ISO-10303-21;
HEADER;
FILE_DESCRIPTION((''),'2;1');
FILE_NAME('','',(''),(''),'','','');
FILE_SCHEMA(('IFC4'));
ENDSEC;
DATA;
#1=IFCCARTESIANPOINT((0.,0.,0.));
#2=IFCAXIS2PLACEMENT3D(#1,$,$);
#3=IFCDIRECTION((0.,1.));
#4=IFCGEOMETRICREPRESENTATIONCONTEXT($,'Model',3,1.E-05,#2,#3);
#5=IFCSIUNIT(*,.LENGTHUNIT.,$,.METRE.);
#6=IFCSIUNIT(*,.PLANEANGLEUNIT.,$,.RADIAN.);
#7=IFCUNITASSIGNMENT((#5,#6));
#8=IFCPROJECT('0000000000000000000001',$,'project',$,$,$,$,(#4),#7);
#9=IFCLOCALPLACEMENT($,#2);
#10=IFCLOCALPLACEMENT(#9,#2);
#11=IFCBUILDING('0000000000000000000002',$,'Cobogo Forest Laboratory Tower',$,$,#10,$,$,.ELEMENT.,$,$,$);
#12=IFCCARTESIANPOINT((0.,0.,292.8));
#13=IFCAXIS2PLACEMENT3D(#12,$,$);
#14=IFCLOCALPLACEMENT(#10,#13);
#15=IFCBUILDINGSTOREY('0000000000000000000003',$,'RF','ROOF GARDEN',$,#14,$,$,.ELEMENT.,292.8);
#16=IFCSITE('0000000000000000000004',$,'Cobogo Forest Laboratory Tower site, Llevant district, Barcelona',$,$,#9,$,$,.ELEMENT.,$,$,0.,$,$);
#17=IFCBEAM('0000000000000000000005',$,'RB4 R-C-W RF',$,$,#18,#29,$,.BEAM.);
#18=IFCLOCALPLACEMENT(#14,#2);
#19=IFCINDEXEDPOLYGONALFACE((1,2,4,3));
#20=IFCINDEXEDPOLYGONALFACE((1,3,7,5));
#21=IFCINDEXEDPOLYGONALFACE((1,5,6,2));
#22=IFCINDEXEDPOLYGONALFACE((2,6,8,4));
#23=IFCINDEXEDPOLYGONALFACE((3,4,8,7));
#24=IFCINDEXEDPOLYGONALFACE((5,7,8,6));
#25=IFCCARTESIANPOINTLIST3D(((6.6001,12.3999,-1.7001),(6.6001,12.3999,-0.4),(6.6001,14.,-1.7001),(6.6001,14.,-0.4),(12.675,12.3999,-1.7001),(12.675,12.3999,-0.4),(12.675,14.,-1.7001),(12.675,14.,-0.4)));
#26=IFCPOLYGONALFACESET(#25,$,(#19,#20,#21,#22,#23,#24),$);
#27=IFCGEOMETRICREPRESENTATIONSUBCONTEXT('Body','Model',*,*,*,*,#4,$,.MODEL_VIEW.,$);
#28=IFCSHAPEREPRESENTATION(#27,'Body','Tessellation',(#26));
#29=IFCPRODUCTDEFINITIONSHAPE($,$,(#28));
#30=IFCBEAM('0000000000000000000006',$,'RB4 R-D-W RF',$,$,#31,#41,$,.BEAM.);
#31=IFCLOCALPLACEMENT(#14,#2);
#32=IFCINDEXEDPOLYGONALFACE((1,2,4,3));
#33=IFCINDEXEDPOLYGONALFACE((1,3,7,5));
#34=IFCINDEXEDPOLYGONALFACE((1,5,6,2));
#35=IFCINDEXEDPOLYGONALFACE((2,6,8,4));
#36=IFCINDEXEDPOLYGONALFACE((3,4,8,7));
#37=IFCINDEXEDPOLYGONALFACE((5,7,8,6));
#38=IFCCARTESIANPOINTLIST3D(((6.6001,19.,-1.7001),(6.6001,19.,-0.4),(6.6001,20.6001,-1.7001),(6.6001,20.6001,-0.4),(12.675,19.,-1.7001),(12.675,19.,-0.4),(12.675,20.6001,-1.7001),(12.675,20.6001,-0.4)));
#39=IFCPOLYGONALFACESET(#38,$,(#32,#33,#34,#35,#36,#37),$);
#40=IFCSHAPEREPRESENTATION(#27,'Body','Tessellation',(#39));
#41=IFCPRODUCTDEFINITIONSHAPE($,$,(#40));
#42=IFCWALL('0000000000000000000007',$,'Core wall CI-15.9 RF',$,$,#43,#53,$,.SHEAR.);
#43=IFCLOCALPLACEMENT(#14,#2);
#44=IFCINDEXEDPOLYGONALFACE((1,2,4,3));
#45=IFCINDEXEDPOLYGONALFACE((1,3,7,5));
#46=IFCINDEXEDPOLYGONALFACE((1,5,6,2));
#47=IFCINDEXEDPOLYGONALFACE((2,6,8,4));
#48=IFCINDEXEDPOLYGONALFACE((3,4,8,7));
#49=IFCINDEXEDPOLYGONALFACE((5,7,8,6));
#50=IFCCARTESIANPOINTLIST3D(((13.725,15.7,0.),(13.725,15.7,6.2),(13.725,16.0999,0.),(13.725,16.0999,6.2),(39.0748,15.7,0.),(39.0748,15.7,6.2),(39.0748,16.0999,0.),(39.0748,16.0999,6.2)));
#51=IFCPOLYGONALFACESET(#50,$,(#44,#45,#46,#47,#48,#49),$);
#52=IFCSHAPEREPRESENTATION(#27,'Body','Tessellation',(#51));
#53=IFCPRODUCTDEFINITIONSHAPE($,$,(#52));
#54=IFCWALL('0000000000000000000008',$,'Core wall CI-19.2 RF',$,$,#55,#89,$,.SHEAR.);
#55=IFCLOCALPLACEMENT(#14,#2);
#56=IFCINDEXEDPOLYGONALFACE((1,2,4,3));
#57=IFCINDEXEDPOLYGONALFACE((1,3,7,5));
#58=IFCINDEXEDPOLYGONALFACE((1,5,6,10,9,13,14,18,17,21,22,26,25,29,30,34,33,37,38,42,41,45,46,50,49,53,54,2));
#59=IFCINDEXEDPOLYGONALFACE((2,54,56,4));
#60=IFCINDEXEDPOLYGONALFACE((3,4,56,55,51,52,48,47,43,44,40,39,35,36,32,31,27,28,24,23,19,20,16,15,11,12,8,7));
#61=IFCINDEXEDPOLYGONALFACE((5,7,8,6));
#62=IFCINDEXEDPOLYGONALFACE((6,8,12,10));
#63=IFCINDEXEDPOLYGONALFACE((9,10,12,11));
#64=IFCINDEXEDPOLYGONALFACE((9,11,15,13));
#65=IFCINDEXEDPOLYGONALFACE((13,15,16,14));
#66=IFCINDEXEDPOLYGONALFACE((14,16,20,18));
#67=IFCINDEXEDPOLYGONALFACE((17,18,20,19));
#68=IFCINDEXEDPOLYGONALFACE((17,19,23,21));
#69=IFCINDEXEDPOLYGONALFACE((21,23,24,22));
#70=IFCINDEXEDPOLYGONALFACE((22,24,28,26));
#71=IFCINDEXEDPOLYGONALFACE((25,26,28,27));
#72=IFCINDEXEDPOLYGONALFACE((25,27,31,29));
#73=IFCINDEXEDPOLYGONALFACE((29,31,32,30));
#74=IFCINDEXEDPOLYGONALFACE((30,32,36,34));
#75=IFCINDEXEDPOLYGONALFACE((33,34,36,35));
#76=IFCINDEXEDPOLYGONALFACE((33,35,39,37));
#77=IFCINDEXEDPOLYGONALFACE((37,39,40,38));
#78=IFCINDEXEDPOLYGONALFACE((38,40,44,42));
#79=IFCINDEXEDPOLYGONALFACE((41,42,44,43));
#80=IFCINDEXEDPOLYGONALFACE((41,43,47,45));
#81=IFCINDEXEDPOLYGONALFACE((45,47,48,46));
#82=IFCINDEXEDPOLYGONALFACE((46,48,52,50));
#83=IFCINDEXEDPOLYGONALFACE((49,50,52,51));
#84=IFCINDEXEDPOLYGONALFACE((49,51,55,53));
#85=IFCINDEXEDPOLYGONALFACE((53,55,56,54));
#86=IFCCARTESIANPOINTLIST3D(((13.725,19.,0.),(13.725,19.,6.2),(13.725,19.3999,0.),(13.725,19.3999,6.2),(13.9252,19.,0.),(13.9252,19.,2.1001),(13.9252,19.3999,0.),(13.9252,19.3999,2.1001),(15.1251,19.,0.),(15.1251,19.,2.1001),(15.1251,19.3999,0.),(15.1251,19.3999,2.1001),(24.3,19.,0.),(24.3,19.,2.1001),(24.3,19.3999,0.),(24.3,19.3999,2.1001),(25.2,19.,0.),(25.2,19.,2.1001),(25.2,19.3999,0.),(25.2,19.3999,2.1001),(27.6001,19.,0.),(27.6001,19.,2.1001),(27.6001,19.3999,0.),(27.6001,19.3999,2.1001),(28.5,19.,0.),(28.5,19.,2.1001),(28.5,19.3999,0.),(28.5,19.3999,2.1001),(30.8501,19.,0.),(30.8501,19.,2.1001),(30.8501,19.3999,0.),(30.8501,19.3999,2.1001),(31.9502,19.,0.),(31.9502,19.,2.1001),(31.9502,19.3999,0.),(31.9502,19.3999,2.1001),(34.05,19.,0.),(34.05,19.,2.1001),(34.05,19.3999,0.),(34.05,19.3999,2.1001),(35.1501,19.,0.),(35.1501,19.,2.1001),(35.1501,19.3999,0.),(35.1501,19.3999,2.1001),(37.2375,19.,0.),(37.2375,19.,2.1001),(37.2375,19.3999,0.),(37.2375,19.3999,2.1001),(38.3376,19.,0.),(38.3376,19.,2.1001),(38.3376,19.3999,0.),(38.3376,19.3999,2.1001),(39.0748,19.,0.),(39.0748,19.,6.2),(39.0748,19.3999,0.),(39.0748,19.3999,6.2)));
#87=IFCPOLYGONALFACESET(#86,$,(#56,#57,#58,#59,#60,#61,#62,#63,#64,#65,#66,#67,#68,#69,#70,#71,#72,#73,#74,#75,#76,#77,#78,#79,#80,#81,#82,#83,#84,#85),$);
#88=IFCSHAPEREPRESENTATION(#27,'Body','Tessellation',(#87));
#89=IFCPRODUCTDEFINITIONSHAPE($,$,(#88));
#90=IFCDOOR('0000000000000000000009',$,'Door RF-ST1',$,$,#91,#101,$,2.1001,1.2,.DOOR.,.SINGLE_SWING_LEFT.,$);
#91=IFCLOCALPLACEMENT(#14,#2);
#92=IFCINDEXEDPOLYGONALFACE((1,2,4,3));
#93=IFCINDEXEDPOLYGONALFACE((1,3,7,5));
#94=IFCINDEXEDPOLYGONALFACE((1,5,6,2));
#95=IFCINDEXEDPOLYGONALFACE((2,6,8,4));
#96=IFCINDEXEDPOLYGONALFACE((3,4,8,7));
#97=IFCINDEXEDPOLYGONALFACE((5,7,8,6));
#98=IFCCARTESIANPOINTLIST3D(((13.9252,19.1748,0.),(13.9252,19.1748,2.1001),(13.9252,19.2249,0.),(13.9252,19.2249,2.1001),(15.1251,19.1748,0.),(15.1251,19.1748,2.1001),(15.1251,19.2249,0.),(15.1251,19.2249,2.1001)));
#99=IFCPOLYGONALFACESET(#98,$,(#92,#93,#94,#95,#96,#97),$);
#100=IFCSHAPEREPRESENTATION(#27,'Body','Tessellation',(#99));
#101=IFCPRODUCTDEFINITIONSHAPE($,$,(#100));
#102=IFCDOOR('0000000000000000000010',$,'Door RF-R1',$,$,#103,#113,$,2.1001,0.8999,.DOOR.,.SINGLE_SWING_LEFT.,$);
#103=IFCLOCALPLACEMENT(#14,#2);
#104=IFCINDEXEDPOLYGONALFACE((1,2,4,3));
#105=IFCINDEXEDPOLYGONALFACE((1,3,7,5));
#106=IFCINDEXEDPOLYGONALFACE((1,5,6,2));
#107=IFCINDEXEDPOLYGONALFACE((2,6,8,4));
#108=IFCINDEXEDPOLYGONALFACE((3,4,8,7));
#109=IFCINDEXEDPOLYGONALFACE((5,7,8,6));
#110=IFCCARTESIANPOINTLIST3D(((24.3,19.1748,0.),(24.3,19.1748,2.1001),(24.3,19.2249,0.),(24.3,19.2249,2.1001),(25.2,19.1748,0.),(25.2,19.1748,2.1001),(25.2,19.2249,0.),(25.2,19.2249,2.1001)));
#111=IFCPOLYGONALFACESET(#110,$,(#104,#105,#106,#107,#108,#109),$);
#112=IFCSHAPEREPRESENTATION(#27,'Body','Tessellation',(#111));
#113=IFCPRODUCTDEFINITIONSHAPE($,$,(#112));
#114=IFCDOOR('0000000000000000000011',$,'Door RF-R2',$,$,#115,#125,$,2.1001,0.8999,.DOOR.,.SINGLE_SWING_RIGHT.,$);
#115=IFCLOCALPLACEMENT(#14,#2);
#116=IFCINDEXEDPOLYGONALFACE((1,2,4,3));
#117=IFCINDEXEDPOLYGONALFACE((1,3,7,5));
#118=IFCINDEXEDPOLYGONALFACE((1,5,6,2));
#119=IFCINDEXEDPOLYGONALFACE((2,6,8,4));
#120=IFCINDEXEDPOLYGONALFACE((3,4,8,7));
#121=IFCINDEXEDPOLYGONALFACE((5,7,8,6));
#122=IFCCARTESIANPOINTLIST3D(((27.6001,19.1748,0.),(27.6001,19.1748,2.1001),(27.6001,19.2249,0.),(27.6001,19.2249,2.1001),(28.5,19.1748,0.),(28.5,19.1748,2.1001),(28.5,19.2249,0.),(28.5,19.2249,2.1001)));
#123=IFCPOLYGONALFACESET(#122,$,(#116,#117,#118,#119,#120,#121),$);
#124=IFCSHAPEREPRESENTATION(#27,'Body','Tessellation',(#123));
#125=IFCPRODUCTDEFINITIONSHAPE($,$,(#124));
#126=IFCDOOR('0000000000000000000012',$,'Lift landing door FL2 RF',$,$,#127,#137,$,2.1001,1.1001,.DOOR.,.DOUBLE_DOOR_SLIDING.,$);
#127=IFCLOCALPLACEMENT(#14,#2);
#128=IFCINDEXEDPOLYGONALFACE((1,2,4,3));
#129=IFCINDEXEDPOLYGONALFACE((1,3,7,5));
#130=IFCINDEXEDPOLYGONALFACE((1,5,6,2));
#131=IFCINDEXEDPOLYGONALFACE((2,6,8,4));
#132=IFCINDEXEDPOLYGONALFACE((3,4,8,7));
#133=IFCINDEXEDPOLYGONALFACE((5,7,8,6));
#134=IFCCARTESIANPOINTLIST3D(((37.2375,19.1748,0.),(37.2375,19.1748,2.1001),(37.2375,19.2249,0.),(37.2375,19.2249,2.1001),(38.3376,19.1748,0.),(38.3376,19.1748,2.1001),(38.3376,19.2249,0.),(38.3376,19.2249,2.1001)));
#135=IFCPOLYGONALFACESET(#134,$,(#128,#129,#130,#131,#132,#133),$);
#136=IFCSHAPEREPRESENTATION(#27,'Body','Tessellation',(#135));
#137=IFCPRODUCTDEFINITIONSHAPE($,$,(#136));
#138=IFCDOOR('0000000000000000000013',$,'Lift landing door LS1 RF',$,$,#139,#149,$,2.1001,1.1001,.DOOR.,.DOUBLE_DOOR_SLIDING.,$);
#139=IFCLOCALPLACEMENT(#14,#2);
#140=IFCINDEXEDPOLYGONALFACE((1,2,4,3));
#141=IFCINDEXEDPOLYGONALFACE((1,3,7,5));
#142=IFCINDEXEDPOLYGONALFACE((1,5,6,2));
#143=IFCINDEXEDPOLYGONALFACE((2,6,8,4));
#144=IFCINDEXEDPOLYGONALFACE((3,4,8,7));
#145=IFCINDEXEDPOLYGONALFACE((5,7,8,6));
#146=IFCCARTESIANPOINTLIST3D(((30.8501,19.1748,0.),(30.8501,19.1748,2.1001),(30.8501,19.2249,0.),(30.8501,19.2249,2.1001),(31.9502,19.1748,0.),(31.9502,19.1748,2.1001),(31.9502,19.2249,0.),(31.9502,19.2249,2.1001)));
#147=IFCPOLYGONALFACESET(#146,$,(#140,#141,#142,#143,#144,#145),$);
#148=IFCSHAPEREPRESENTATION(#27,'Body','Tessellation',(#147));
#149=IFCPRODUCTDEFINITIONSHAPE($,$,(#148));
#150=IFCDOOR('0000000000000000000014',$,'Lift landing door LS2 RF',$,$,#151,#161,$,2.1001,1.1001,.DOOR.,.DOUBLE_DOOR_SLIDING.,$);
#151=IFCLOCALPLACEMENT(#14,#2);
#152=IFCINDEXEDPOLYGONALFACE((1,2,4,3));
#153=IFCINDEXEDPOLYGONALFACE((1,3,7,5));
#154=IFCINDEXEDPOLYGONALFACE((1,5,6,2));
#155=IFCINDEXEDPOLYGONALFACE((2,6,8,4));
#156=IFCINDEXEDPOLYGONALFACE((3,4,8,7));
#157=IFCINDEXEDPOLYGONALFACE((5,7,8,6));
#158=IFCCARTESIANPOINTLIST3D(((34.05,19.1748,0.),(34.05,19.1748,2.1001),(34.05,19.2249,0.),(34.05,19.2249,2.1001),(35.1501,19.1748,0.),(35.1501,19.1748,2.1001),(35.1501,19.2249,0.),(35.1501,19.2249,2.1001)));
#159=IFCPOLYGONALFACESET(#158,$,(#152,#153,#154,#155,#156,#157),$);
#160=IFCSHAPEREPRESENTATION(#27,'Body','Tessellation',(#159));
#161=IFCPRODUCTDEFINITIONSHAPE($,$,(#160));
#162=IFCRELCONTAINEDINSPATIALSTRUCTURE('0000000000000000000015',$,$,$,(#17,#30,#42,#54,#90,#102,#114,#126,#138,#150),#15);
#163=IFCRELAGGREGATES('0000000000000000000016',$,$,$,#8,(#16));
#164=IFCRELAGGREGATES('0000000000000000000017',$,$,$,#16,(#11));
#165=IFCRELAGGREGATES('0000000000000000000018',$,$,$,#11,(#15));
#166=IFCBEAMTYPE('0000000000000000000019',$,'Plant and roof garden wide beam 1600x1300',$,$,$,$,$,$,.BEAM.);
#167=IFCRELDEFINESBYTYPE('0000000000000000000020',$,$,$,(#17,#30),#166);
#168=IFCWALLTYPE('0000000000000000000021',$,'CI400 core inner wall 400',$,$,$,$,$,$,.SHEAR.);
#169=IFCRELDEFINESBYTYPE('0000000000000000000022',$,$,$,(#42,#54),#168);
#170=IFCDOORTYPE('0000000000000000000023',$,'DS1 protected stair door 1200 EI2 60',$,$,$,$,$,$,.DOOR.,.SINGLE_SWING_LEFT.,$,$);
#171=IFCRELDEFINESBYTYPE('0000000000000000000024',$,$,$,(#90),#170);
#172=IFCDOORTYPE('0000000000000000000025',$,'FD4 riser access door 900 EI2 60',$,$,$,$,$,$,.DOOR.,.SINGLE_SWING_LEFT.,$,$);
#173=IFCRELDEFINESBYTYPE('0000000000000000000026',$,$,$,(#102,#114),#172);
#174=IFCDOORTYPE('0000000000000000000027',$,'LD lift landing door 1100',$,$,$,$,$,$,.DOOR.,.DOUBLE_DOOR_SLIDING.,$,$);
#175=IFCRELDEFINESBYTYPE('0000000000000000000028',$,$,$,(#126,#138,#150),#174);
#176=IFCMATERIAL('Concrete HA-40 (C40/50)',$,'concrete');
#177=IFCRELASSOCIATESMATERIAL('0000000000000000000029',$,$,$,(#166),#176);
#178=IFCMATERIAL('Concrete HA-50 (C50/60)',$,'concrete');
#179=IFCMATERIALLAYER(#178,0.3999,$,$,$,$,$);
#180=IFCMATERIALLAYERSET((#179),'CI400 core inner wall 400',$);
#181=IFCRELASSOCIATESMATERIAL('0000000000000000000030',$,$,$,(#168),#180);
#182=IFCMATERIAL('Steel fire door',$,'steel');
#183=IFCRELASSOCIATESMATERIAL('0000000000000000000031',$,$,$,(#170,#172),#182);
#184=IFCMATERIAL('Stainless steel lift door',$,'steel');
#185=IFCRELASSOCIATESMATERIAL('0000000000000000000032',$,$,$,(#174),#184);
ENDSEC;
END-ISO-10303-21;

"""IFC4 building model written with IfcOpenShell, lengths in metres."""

from ifc_helpers import new_model, si_unit, direction, frame, frame_2d, origin, origin_2d, place, context, subcontext, project, spatial, rectangle, extrude, material, layer, layer_set, material_profile, profile_set, type_object, element, fill, save


model = new_model("IFC4")

# Units and contexts
model_context = context("Model", 3, precision=1e-05, world=origin(), true_north=direction((0.0, 1.0)))
body_context = subcontext(model_context, "Body", "Model", "MODEL_VIEW")
ifc_project = project(units=[si_unit("LENGTHUNIT", "METRE"), si_unit("PLANEANGLEUNIT", "RADIAN")], contexts=[model_context])

# Site, building, storey
site_placement = place(None, origin())
site = spatial("IfcSite", under=ifc_project, at=site_placement, Name="Cobogo Forest Laboratory Tower site, Llevant district, Barcelona", CompositionType="ELEMENT", RefElevation=0.0)
building_placement = place(site_placement, origin())
building = spatial("IfcBuilding", under=site, at=building_placement, Name="Cobogo Forest Laboratory Tower", CompositionType="ELEMENT")
storey_placement = place(building_placement, frame((0.0, 0.0, 292.8)))
storey = spatial("IfcBuildingStorey", under=building, at=storey_placement, Name="RF", Description="ROOF GARDEN", CompositionType="ELEMENT", Elevation=292.8)

# Beams
ifc_material_1 = material(Name="Concrete HA-40 (C40/50)", Category="concrete")
ifc_material_profile_1 = material_profile(ifc_material_1, rectangle(XDim=1.6001, YDim=1.3, at=origin_2d()), Name="RC 1600x1300")
ifc_profile_set_1 = profile_set([ifc_material_profile_1], Name="Concrete HA-40 (C40/50)")
beam_type_1 = type_object("IfcBeamType", Name="Plant and roof garden wide beam 1600x1300", PredefinedType="BEAM", material=ifc_profile_set_1)
for number, where, z_axis, x_axis, name in (
    (1, (12.675, 13.2, -1.05), (-1.0, 0.0, 0.0), (0.0, -1.0, 0.0), "RB4 R-C-W RF"),
    (2, (12.675, 19.8, -1.05), (-1.0, 0.0, 0.0), (0.0, -1.0, 0.0), "RB4 R-D-W RF"),
):
    element("IfcBeam", number, at=place(storey_placement, frame(where, z_axis=z_axis, x_axis=x_axis)), inside=storey, type_object=beam_type_1, Name=name, PredefinedType="BEAM", context=body_context, shape_type="SweptSolid", body=[
        extrude(rectangle(XDim=1.6001, YDim=1.3, at=origin_2d()), origin(), (0.0, 0.0, 1.0), 6.075),
    ])

# Wall
ifc_material_2 = material(Name="Concrete HA-50 (C50/60)", Category="concrete")
ifc_layer_1 = layer(ifc_material_2, 0.3999)
ifc_layer_set_1 = layer_set([ifc_layer_1], Name="CI400 core inner wall 400")
wall_type_1 = type_object("IfcWallType", Name="CI400 core inner wall 400", PredefinedType="SHEAR", material=ifc_layer_set_1)
wall_1_placement = place(storey_placement, frame((13.7251, 15.8999, 0.0), z_axis=(0.0, 0.0, 1.0), x_axis=(1.0, 0.0, 0.0)))
element("IfcWall", 3, at=wall_1_placement, inside=storey, type_object=wall_type_1, Name="Core wall CI-15.9 RF", PredefinedType="SHEAR", context=body_context, shape_type="SweptSolid", body=[
    extrude(rectangle(XDim=25.3499, YDim=0.3999, at=frame_2d((12.6748, 0.0))), origin(), (0.0, 0.0, 1.0), 6.2),
])

# Wall, openings, doors
wall_2_placement = place(storey_placement, frame((13.7251, 19.2, 0.0), z_axis=(0.0, 0.0, 1.0), x_axis=(1.0, 0.0, 0.0)))
wall_2 = element("IfcWall", 4, at=wall_2_placement, inside=storey, type_object=wall_type_1, Name="Core wall CI-19.2 RF", PredefinedType="SHEAR", context=body_context, shape_type="SweptSolid", body=[
    extrude(rectangle(XDim=25.3499, YDim=0.3999, at=frame_2d((12.6748, 0.0))), origin(), (0.0, 0.0, 1.0), 6.2),
])
opening_1_placement = place(wall_2_placement, frame((10.575, 0.0, 0.0)))
opening_1 = element("IfcOpeningElement", 5, at=opening_1_placement, cuts=wall_2, PredefinedType="OPENING", context=body_context, shape_type="SweptSolid", body=[
    extrude(rectangle(XDim=0.8999, YDim=2.1001, at=frame_2d((0.45, 1.05))), frame((0.0, 0.21, 0.0), z_axis=(0.0, -1.0, 0.0), x_axis=(1.0, 0.0, 0.0)), (0.0, 0.0, 1.0), 0.4199),
])
opening_2_placement = place(wall_2_placement, frame((13.875, 0.0, 0.0)))
opening_2 = element("IfcOpeningElement", 6, at=opening_2_placement, cuts=wall_2, PredefinedType="OPENING", context=body_context, shape_type="SweptSolid", body=[
    extrude(rectangle(XDim=0.8999, YDim=2.1001, at=frame_2d((0.45, 1.05))), frame((0.0, 0.21, 0.0), z_axis=(0.0, -1.0, 0.0), x_axis=(1.0, 0.0, 0.0)), (0.0, 0.0, 1.0), 0.4199),
])
opening_3_placement = place(wall_2_placement, frame((0.2, 0.0, 0.0)))
opening_3 = element("IfcOpeningElement", 7, at=opening_3_placement, cuts=wall_2, PredefinedType="OPENING", context=body_context, shape_type="SweptSolid", body=[
    extrude(rectangle(XDim=1.2, YDim=2.1001, at=frame_2d((0.6001, 1.05))), frame((0.0, 0.21, 0.0), z_axis=(0.0, -1.0, 0.0), x_axis=(1.0, 0.0, 0.0)), (0.0, 0.0, 1.0), 0.4199),
])
opening_4_placement = place(wall_2_placement, frame((23.5125, 0.0, 0.0)))
opening_4 = element("IfcOpeningElement", 8, at=opening_4_placement, cuts=wall_2, PredefinedType="OPENING", context=body_context, shape_type="SweptSolid", body=[
    extrude(rectangle(XDim=1.1001, YDim=2.1001, at=frame_2d((0.55, 1.05))), frame((0.0, 0.21, 0.0), z_axis=(0.0, -1.0, 0.0), x_axis=(1.0, 0.0, 0.0)), (0.0, 0.0, 1.0), 0.4199),
])
opening_5_placement = place(wall_2_placement, frame((17.125, 0.0, 0.0)))
opening_5 = element("IfcOpeningElement", 9, at=opening_5_placement, cuts=wall_2, PredefinedType="OPENING", context=body_context, shape_type="SweptSolid", body=[
    extrude(rectangle(XDim=1.1001, YDim=2.1001, at=frame_2d((0.55, 1.05))), frame((0.0, 0.21, 0.0), z_axis=(0.0, -1.0, 0.0), x_axis=(1.0, 0.0, 0.0)), (0.0, 0.0, 1.0), 0.4199),
])
opening_6_placement = place(wall_2_placement, frame((20.325, 0.0, 0.0)))
opening_6 = element("IfcOpeningElement", 10, at=opening_6_placement, cuts=wall_2, PredefinedType="OPENING", context=body_context, shape_type="SweptSolid", body=[
    extrude(rectangle(XDim=1.1001, YDim=2.1001, at=frame_2d((0.55, 1.05))), frame((0.0, 0.21, 0.0), z_axis=(0.0, -1.0, 0.0), x_axis=(1.0, 0.0, 0.0)), (0.0, 0.0, 1.0), 0.4199),
])
ifc_material_3 = material(Name="Steel fire door", Category="steel")
door_type_1 = type_object("IfcDoorType", Name="DS1 protected stair door 1200 EI2 60", OperationType="SINGLE_SWING_LEFT", PredefinedType="DOOR", material=ifc_material_3)
door_1_placement = place(opening_3_placement, origin())
door_1 = element("IfcDoor", 11, at=door_1_placement, inside=storey, type_object=door_type_1, Name="Door RF-ST1", OperationType="SINGLE_SWING_LEFT", OverallHeight=2.1001, OverallWidth=1.2, PredefinedType="DOOR", context=body_context, shape_type="SweptSolid", body=[
    extrude(rectangle(XDim=1.2, YDim=2.1001, at=frame_2d((0.6001, 1.05))), frame((0.0, 0.0249, 0.0), z_axis=(0.0, -1.0, 0.0), x_axis=(1.0, 0.0, 0.0)), (0.0, 0.0, 1.0), 0.05),
])
fill(opening_3, door_1)
door_type_2 = type_object("IfcDoorType", Name="FD4 riser access door 900 EI2 60", OperationType="SINGLE_SWING_LEFT", PredefinedType="DOOR", material=ifc_material_3)
door_2_placement = place(opening_1_placement, origin())
door_2 = element("IfcDoor", 12, at=door_2_placement, inside=storey, type_object=door_type_2, Name="Door RF-R1", OperationType="SINGLE_SWING_LEFT", OverallHeight=2.1001, OverallWidth=0.8999, PredefinedType="DOOR", context=body_context, shape_type="SweptSolid", body=[
    extrude(rectangle(XDim=0.8999, YDim=2.1001, at=frame_2d((0.45, 1.05))), frame((0.0, 0.0249, 0.0), z_axis=(0.0, -1.0, 0.0), x_axis=(1.0, 0.0, 0.0)), (0.0, 0.0, 1.0), 0.05),
])
fill(opening_1, door_2)
door_3_placement = place(opening_2_placement, origin())
door_3 = element("IfcDoor", 13, at=door_3_placement, inside=storey, type_object=door_type_2, Name="Door RF-R2", OperationType="SINGLE_SWING_RIGHT", OverallHeight=2.1001, OverallWidth=0.8999, PredefinedType="DOOR", context=body_context, shape_type="SweptSolid", body=[
    extrude(rectangle(XDim=0.8999, YDim=2.1001, at=frame_2d((0.45, 1.05))), frame((0.0, 0.0249, 0.0), z_axis=(0.0, -1.0, 0.0), x_axis=(1.0, 0.0, 0.0)), (0.0, 0.0, 1.0), 0.05),
])
fill(opening_2, door_3)
ifc_material_4 = material(Name="Stainless steel lift door", Category="steel")
door_type_3 = type_object("IfcDoorType", Name="LD lift landing door 1100", OperationType="DOUBLE_DOOR_SLIDING", PredefinedType="DOOR", material=ifc_material_4)
door_4_placement = place(opening_4_placement, origin())
door_4 = element("IfcDoor", 14, at=door_4_placement, inside=storey, type_object=door_type_3, Name="Lift landing door FL2 RF", OperationType="DOUBLE_DOOR_SLIDING", OverallHeight=2.1001, OverallWidth=1.1001, PredefinedType="DOOR", context=body_context, shape_type="SweptSolid", body=[
    extrude(rectangle(XDim=1.1001, YDim=2.1001, at=frame_2d((0.55, 1.05))), frame((0.0, 0.0249, 0.0), z_axis=(0.0, -1.0, 0.0), x_axis=(1.0, 0.0, 0.0)), (0.0, 0.0, 1.0), 0.05),
])
fill(opening_4, door_4)
door_5_placement = place(opening_5_placement, origin())
door_5 = element("IfcDoor", 15, at=door_5_placement, inside=storey, type_object=door_type_3, Name="Lift landing door LS1 RF", OperationType="DOUBLE_DOOR_SLIDING", OverallHeight=2.1001, OverallWidth=1.1001, PredefinedType="DOOR", context=body_context, shape_type="SweptSolid", body=[
    extrude(rectangle(XDim=1.1001, YDim=2.1001, at=frame_2d((0.55, 1.05))), frame((0.0, 0.0249, 0.0), z_axis=(0.0, -1.0, 0.0), x_axis=(1.0, 0.0, 0.0)), (0.0, 0.0, 1.0), 0.05),
])
fill(opening_5, door_5)
door_6_placement = place(opening_6_placement, origin())
door_6 = element("IfcDoor", 16, at=door_6_placement, inside=storey, type_object=door_type_3, Name="Lift landing door LS2 RF", OperationType="DOUBLE_DOOR_SLIDING", OverallHeight=2.1001, OverallWidth=1.1001, PredefinedType="DOOR", context=body_context, shape_type="SweptSolid", body=[
    extrude(rectangle(XDim=1.1001, YDim=2.1001, at=frame_2d((0.55, 1.05))), frame((0.0, 0.0249, 0.0), z_axis=(0.0, -1.0, 0.0), x_axis=(1.0, 0.0, 0.0)), (0.0, 0.0, 1.0), 0.05),
])
fill(opening_6, door_6)

save(model, "model.ifc")
